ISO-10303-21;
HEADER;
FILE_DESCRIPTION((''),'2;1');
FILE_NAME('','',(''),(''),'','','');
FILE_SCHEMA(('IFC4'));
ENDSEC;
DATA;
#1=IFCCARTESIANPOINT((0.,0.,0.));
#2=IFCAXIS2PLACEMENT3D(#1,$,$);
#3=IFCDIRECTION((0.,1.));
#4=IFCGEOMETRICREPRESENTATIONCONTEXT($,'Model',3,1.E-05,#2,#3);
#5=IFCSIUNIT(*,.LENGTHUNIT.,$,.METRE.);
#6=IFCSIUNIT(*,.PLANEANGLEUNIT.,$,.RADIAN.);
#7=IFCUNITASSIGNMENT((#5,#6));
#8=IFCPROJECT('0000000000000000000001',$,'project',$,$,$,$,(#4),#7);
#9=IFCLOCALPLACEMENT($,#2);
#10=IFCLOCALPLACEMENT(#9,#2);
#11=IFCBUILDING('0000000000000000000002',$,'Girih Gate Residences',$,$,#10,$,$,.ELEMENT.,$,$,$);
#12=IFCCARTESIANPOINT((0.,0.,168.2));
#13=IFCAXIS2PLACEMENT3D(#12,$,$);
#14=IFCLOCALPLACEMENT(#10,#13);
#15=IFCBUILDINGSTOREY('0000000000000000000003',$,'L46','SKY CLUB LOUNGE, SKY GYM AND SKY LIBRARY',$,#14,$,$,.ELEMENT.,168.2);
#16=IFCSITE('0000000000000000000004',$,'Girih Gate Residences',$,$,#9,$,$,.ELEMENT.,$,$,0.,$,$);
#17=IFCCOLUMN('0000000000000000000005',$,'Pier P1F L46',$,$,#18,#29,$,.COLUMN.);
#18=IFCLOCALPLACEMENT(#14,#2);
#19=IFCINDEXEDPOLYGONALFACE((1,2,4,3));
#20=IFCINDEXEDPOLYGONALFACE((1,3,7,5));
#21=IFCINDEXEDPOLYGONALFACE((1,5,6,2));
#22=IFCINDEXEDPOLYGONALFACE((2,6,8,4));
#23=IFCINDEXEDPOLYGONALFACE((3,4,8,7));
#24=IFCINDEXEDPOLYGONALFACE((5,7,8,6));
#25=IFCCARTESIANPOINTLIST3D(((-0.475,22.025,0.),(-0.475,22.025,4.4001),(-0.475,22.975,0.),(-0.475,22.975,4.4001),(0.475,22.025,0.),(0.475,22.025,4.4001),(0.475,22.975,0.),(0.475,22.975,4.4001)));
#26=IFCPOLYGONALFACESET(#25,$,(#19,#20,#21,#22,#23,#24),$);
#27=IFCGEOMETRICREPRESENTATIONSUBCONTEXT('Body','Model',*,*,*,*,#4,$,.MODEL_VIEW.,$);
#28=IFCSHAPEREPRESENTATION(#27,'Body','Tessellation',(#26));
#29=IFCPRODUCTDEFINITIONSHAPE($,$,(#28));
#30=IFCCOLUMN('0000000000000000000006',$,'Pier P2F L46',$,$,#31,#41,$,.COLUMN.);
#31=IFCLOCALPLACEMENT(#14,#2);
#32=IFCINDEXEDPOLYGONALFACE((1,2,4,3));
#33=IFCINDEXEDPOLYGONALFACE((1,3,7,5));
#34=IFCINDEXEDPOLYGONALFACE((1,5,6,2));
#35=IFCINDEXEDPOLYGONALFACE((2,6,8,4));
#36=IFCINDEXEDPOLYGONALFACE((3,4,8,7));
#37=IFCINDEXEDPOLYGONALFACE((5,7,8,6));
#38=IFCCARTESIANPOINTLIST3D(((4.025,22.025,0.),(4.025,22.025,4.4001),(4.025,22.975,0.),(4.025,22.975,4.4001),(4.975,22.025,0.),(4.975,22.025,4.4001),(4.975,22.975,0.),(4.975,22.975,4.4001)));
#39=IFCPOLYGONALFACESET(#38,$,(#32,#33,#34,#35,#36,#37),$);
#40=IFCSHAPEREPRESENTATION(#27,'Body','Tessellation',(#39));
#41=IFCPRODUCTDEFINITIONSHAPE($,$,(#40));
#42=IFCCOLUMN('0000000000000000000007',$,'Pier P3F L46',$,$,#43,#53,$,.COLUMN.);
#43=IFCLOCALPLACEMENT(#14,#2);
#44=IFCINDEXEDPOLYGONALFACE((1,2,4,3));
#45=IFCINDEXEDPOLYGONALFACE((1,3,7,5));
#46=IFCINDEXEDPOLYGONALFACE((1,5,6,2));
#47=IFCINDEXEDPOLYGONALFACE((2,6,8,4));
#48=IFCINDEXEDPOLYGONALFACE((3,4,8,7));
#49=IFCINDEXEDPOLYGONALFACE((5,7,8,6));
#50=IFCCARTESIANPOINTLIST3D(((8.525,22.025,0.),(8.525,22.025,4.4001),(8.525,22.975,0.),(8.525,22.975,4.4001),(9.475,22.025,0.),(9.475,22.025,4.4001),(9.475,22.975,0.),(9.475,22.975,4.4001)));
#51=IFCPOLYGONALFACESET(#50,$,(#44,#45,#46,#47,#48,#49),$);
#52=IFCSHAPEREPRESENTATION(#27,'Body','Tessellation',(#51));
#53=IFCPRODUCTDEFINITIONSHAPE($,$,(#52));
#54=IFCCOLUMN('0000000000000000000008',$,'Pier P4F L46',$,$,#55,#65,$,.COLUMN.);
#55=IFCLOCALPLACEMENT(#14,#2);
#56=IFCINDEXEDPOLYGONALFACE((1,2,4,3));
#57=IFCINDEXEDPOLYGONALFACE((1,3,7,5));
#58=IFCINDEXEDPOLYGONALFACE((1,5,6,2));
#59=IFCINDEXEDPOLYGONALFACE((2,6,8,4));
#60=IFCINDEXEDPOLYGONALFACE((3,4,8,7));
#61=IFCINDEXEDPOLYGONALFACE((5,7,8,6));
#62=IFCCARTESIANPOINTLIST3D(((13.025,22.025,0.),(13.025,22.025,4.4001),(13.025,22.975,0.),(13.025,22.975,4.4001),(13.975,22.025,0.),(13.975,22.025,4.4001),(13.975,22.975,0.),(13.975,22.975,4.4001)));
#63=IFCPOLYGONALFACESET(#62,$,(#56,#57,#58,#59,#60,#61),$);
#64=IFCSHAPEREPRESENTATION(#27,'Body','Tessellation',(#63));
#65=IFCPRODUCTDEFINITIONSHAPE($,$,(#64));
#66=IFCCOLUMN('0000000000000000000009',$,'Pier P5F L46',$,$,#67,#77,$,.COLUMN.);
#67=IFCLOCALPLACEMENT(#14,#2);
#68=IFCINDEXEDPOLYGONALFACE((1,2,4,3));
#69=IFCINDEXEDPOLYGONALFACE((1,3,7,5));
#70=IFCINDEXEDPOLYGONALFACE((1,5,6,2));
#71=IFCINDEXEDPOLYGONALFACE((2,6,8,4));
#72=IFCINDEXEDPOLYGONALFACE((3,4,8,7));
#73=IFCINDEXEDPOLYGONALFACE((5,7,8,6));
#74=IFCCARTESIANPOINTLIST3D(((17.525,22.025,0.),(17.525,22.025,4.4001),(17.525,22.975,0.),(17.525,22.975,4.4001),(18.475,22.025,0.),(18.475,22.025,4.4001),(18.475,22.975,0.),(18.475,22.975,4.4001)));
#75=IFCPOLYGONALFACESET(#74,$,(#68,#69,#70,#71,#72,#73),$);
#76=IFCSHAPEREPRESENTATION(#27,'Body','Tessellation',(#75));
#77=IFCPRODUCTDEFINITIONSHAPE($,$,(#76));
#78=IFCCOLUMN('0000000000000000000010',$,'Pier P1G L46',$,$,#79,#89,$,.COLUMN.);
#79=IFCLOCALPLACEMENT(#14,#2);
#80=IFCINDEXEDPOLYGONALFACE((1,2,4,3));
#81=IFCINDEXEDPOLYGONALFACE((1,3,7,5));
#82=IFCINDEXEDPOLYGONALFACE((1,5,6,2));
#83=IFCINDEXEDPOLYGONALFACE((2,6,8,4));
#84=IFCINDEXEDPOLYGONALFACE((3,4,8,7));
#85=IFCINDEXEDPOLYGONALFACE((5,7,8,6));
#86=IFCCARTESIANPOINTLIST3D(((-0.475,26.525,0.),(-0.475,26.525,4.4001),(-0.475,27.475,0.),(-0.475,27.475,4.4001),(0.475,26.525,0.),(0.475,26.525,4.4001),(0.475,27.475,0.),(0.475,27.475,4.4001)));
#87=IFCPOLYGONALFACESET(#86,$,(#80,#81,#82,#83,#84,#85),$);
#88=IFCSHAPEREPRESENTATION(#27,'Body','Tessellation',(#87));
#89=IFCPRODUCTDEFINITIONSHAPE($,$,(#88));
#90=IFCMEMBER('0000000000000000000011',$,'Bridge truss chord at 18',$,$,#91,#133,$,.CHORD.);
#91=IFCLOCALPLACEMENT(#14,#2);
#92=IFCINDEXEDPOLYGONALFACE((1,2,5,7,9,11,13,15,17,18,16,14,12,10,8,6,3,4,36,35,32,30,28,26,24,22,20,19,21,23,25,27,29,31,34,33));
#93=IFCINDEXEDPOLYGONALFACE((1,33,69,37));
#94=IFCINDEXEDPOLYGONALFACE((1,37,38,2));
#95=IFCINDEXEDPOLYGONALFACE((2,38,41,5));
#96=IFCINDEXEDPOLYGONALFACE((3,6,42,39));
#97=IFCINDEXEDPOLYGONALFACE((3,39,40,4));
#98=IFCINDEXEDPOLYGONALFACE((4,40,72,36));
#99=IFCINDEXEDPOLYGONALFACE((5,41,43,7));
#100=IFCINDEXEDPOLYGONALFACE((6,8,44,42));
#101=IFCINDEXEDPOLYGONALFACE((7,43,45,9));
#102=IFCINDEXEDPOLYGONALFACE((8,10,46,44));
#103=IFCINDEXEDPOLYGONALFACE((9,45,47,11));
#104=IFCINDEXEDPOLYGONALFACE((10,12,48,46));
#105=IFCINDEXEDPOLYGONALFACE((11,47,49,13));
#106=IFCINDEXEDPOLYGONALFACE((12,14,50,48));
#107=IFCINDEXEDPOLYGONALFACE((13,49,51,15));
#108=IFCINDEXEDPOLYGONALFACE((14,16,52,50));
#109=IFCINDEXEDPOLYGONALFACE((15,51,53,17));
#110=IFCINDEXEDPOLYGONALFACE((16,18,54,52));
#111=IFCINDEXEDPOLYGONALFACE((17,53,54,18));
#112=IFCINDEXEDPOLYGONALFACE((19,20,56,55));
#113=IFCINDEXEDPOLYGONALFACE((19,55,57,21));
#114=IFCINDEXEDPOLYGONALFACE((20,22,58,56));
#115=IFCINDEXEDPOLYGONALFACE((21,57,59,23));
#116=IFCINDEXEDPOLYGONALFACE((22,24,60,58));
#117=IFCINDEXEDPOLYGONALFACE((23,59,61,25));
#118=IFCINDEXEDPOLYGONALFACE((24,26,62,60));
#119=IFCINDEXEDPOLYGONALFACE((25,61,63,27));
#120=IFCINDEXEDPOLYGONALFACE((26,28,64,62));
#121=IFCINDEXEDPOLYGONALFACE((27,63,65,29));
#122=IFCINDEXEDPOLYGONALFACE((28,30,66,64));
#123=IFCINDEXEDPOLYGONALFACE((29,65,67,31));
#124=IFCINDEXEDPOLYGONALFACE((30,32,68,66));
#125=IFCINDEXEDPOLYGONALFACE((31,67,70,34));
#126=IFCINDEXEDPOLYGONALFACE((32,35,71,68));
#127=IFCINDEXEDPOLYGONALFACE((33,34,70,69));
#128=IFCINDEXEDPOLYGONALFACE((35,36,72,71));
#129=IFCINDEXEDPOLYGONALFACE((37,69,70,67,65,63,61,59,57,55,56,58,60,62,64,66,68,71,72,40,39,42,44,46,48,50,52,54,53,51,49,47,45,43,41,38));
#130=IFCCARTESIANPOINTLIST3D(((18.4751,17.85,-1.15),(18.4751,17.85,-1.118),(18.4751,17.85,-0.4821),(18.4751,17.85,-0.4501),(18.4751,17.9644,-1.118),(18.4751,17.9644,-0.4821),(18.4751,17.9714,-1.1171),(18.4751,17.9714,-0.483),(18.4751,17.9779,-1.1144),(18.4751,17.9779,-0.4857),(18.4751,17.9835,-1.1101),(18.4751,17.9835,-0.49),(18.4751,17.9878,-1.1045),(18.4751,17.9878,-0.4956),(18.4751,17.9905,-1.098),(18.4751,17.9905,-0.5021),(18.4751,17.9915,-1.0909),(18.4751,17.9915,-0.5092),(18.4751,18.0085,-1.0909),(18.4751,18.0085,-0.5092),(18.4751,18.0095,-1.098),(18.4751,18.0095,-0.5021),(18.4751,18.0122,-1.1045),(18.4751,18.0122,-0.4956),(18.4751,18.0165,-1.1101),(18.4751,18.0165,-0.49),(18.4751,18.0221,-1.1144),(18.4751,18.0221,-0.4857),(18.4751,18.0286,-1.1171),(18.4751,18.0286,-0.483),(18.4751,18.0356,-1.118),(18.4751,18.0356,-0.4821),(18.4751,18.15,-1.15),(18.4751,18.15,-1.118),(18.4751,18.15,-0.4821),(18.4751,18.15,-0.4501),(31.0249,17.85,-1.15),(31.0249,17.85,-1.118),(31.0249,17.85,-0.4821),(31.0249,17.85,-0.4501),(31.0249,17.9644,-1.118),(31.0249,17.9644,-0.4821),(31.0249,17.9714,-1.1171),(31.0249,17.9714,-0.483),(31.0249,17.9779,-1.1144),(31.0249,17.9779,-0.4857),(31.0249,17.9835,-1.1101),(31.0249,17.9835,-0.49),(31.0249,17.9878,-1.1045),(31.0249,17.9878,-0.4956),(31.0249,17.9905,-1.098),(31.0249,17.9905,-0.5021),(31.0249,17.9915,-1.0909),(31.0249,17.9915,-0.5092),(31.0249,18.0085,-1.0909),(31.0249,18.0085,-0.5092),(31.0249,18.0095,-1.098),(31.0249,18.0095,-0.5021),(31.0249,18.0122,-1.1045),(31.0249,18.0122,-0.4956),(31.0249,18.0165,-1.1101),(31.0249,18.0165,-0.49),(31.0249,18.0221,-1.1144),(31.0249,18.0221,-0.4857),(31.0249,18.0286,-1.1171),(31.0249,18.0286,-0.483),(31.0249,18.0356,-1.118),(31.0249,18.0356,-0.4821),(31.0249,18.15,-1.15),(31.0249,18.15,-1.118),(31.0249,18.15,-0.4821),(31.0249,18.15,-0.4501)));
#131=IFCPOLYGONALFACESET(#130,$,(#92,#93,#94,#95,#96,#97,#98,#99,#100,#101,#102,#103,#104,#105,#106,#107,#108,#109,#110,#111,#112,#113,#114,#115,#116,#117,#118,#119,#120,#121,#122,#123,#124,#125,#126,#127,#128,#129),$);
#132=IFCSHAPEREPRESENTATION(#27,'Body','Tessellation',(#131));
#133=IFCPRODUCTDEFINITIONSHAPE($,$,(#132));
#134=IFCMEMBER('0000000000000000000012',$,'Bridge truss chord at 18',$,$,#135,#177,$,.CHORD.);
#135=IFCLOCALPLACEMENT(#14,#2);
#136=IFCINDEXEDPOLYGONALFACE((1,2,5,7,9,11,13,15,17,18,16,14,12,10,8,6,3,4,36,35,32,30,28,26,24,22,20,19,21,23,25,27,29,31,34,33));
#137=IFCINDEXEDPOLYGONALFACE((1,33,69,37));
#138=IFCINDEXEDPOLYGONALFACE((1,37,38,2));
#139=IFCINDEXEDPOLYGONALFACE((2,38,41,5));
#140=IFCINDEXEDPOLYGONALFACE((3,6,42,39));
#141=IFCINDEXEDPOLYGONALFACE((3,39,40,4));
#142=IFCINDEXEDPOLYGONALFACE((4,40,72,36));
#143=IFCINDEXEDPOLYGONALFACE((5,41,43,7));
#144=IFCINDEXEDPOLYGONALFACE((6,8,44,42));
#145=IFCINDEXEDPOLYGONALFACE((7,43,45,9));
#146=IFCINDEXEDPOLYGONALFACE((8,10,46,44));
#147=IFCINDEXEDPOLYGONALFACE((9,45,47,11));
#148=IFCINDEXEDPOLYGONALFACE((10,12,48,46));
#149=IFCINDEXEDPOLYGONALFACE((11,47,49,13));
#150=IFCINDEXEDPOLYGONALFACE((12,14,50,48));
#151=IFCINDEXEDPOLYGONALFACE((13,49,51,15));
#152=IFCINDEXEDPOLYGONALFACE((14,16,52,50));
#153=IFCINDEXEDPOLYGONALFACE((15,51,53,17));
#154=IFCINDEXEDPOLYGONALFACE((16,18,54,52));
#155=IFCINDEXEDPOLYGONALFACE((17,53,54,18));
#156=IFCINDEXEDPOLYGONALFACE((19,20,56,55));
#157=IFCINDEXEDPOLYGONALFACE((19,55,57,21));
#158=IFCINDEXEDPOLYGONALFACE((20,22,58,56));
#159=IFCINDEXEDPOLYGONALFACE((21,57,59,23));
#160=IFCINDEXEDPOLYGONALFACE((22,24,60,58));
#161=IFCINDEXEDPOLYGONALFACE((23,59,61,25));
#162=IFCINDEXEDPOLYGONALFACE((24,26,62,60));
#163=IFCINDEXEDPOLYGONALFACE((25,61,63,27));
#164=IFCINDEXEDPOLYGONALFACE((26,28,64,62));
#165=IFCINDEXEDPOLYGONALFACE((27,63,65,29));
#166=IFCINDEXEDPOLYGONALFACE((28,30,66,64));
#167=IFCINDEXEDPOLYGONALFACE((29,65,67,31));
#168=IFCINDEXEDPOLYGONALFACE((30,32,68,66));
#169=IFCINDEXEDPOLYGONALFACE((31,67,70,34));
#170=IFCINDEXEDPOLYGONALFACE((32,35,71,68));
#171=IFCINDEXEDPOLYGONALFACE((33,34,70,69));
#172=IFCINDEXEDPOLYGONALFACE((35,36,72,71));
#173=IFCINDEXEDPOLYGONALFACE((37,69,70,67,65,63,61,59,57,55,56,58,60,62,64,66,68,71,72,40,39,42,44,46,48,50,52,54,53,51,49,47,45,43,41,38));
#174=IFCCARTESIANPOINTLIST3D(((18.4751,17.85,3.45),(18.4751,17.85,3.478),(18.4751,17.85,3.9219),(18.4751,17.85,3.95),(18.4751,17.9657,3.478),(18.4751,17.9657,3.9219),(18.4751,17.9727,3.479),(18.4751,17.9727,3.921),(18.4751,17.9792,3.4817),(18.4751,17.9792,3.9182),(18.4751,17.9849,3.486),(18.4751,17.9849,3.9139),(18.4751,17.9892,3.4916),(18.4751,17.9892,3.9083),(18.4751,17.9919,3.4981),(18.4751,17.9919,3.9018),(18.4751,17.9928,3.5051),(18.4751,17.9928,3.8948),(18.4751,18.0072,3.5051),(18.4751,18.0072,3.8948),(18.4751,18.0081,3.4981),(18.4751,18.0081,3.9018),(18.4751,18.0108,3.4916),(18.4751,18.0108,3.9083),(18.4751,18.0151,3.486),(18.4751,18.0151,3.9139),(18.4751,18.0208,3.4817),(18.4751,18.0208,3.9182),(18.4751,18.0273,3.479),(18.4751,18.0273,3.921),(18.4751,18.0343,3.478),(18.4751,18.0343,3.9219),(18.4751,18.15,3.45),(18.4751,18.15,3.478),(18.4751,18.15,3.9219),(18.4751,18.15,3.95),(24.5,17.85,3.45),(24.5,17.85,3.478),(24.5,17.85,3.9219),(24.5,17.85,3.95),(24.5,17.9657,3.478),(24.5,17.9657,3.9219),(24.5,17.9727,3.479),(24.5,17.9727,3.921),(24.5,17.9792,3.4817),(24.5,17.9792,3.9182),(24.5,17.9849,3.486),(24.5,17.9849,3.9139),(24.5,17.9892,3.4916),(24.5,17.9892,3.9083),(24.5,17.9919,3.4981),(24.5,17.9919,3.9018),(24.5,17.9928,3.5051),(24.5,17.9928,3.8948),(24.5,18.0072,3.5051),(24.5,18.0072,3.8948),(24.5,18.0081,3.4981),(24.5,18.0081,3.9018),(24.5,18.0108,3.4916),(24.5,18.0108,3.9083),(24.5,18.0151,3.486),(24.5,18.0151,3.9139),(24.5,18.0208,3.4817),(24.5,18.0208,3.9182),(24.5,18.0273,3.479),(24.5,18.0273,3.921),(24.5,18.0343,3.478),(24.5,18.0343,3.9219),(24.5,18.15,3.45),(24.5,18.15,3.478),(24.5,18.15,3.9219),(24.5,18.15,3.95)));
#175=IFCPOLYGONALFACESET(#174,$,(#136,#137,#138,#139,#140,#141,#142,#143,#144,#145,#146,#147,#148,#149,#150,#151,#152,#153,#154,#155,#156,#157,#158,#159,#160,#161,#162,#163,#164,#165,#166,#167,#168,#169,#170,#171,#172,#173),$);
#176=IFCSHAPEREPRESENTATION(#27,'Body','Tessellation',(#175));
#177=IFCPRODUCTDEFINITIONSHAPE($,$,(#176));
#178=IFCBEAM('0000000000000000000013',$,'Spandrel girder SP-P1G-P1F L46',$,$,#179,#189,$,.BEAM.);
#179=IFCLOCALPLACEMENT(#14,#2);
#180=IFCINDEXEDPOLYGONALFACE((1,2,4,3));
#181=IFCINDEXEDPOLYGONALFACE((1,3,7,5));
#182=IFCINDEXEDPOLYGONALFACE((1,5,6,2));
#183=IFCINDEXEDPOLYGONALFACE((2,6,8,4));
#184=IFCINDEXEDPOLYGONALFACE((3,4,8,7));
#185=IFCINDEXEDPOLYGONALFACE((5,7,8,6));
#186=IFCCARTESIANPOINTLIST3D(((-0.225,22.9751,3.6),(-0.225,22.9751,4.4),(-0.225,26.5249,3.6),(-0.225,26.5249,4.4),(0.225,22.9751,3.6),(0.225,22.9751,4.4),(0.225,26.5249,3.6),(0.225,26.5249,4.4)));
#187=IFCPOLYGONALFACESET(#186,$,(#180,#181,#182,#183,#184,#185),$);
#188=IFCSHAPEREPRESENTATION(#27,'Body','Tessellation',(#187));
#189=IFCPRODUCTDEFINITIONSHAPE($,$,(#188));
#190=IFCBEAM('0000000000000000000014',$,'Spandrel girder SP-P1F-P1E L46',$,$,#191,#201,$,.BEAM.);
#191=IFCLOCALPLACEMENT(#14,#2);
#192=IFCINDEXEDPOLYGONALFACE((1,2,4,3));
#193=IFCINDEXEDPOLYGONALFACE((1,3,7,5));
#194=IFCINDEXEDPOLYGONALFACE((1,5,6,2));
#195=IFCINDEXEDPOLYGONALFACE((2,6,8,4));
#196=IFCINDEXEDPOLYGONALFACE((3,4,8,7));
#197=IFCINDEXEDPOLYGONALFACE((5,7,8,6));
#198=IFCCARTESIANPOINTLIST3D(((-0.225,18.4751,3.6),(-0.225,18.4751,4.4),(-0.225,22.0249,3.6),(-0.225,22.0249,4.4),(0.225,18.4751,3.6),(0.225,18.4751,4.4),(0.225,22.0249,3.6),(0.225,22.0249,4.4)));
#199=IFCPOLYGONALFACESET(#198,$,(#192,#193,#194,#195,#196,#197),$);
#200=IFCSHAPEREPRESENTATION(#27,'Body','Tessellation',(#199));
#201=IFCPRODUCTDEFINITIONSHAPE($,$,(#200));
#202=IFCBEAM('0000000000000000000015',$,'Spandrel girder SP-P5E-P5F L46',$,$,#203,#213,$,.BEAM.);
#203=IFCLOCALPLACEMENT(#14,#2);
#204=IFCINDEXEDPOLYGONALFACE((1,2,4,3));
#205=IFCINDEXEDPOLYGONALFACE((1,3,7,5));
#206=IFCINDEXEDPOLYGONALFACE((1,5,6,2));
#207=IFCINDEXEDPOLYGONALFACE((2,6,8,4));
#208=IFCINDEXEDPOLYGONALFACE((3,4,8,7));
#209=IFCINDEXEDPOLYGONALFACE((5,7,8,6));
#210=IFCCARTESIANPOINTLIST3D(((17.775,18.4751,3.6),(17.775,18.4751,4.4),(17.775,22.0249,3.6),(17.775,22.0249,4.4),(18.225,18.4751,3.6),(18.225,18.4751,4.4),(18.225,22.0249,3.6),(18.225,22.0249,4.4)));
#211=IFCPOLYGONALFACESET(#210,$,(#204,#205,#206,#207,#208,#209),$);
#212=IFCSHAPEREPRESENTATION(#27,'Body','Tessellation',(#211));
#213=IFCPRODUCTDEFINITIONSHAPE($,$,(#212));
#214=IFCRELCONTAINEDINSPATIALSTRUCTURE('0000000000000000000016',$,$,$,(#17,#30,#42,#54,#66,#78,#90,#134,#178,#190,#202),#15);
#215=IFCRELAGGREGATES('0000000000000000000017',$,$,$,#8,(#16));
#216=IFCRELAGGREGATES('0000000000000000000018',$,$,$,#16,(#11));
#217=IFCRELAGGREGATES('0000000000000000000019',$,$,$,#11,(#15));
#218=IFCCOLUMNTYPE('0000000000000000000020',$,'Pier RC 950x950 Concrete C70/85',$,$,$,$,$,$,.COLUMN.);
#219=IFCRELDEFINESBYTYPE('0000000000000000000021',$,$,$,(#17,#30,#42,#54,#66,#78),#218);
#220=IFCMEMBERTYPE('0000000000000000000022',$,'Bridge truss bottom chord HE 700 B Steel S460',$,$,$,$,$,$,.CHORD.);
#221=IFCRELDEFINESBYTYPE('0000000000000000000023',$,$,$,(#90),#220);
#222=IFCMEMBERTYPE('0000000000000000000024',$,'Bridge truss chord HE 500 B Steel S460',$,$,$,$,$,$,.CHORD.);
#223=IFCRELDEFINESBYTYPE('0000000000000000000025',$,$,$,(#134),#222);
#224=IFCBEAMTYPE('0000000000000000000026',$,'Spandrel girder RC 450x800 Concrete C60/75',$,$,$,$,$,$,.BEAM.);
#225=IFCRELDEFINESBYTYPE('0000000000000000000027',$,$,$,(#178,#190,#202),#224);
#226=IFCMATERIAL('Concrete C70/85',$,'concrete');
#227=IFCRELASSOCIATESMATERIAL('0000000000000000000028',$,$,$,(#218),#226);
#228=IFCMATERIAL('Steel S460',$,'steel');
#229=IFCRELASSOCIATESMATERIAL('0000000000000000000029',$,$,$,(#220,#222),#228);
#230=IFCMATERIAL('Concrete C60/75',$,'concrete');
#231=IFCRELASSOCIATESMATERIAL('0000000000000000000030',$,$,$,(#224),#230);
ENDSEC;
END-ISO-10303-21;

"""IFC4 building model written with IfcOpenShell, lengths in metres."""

from ifc_helpers import new_model, si_unit, direction, frame, origin, origin_2d, place, context, subcontext, project, spatial, rectangle, i_section, extrude, material, material_profile, profile_set, type_object, element, save


model = new_model("IFC4")

# Units and contexts
model_context = context("Model", 3, precision=1e-05, world=origin(), true_north=direction((0.0, 1.0)))
body_context = subcontext(model_context, "Body", "Model", "MODEL_VIEW")
ifc_project = project(units=[si_unit("LENGTHUNIT", "METRE"), si_unit("PLANEANGLEUNIT", "RADIAN")], contexts=[model_context])

# Site, building, storey
site_placement = place(None, origin())
site = spatial("IfcSite", under=ifc_project, at=site_placement, Name="Girih Gate Residences", CompositionType="ELEMENT", RefElevation=0.0)
building_placement = place(site_placement, origin())
building = spatial("IfcBuilding", under=site, at=building_placement, Name="Girih Gate Residences", CompositionType="ELEMENT")
storey_placement = place(building_placement, frame((0.0, 0.0, 168.2)))
storey = spatial("IfcBuildingStorey", under=building, at=storey_placement, Name="L46", Description="SKY CLUB LOUNGE, SKY GYM AND SKY LIBRARY", CompositionType="ELEMENT", Elevation=168.2)

# Columns
ifc_material_1 = material(Name="Concrete C70/85", Category="concrete")
ifc_material_profile_1 = material_profile(ifc_material_1, rectangle(XDim=0.95, YDim=0.95, at=origin_2d()))
ifc_profile_set_1 = profile_set([ifc_material_profile_1], Name="Concrete C70/85")
column_type = type_object("IfcColumnType", Name="Pier RC 950x950 Concrete C70/85", PredefinedType="COLUMN", material=ifc_profile_set_1)
for number, where, z_axis, x_axis, name in (
    (1, (0.0, 22.5, 0.0), (0.0, 0.0, 1.0), (1.0, 0.0, 0.0), "Pier P1F L46"),
    (2, (4.5, 22.5, 0.0), (0.0, 0.0, 1.0), (1.0, 0.0, 0.0), "Pier P2F L46"),
    (3, (9.0, 22.5, 0.0), (0.0, 0.0, 1.0), (1.0, 0.0, 0.0), "Pier P3F L46"),
    (4, (13.5, 22.5, 0.0), (0.0, 0.0, 1.0), (1.0, 0.0, 0.0), "Pier P4F L46"),
    (5, (18.0, 22.5, 0.0), (0.0, 0.0, 1.0), (1.0, 0.0, 0.0), "Pier P5F L46"),
    (6, (0.0, 27.0, 0.0), (0.0, 0.0, 1.0), (1.0, 0.0, 0.0), "Pier P1G L46"),
):
    element("IfcColumn", number, at=place(storey_placement, frame(where, z_axis=z_axis, x_axis=x_axis)), inside=storey, type_object=column_type, Name=name, PredefinedType="COLUMN", context=body_context, shape_type="SweptSolid", body=[
        extrude(rectangle(XDim=0.95, YDim=0.95, at=origin_2d()), origin(), (0.0, 0.0, 1.0), 4.4001),
    ])

# Members
ifc_material_2 = material(Name="Steel S460", Category="steel")
ifc_material_profile_2 = material_profile(ifc_material_2, i_section(OverallWidth=0.3, OverallDepth=0.7, WebThickness=0.0171, FlangeThickness=0.032, FilletRadius=0.0271, at=origin_2d()))
ifc_profile_set_2 = profile_set([ifc_material_profile_2], Name="Steel S460")
member_type_1 = type_object("IfcMemberType", Name="Bridge truss bottom chord HE 700 B Steel S460", PredefinedType="CHORD", material=ifc_profile_set_2)
member_1_placement = place(storey_placement, frame((18.4751, 18.0, -0.8), z_axis=(1.0, 0.0, 0.0), x_axis=(0.0, 1.0, 0.0)))
element("IfcMember", 7, at=member_1_placement, inside=storey, type_object=member_type_1, Name="Bridge truss chord at 18", PredefinedType="CHORD", context=body_context, shape_type="SweptSolid", body=[
    extrude(i_section(OverallWidth=0.3, OverallDepth=0.7, WebThickness=0.0171, FlangeThickness=0.032, FilletRadius=0.0271, at=origin_2d()), origin(), (0.0, 0.0, 1.0), 12.5498),
])
ifc_material_profile_3 = material_profile(ifc_material_2, i_section(OverallWidth=0.3, OverallDepth=0.5, WebThickness=0.0144, FlangeThickness=0.0281, FilletRadius=0.0271, at=origin_2d()))
ifc_profile_set_3 = profile_set([ifc_material_profile_3], Name="Steel S460")
member_type_2 = type_object("IfcMemberType", Name="Bridge truss chord HE 500 B Steel S460", PredefinedType="CHORD", material=ifc_profile_set_3)
member_2_placement = place(storey_placement, frame((18.4751, 18.0, 3.7), z_axis=(1.0, 0.0, 0.0), x_axis=(0.0, 1.0, 0.0)))
element("IfcMember", 8, at=member_2_placement, inside=storey, type_object=member_type_2, Name="Bridge truss chord at 18", PredefinedType="CHORD", context=body_context, shape_type="SweptSolid", body=[
    extrude(i_section(OverallWidth=0.3, OverallDepth=0.5, WebThickness=0.0144, FlangeThickness=0.0281, FilletRadius=0.0271, at=origin_2d()), origin(), (0.0, 0.0, 1.0), 6.0249),
])

# Beams
ifc_material_3 = material(Name="Concrete C60/75", Category="concrete")
ifc_material_profile_4 = material_profile(ifc_material_3, rectangle(XDim=0.45, YDim=0.8, at=origin_2d()))
ifc_profile_set_4 = profile_set([ifc_material_profile_4], Name="Concrete C60/75")
beam_type = type_object("IfcBeamType", Name="Spandrel girder RC 450x800 Concrete C60/75", PredefinedType="BEAM", material=ifc_profile_set_4)
for number, where, z_axis, x_axis, name in (
    (9, (0.0, 26.5249, 4.0), (0.0, -1.0, 0.0), (1.0, 0.0, 0.0), "Spandrel girder SP-P1G-P1F L46"),
    (10, (0.0, 22.0249, 4.0), (0.0, -1.0, 0.0), (1.0, 0.0, 0.0), "Spandrel girder SP-P1F-P1E L46"),
    (11, (18.0, 18.4751, 4.0), (0.0, 1.0, 0.0), (-1.0, 0.0, 0.0), "Spandrel girder SP-P5E-P5F L46"),
):
    element("IfcBeam", number, at=place(storey_placement, frame(where, z_axis=z_axis, x_axis=x_axis)), inside=storey, type_object=beam_type, Name=name, PredefinedType="BEAM", context=body_context, shape_type="SweptSolid", body=[
        extrude(rectangle(XDim=0.45, YDim=0.8, at=origin_2d()), origin(), (0.0, 0.0, 1.0), 3.5498),
    ])

save(model, "model.ifc")
